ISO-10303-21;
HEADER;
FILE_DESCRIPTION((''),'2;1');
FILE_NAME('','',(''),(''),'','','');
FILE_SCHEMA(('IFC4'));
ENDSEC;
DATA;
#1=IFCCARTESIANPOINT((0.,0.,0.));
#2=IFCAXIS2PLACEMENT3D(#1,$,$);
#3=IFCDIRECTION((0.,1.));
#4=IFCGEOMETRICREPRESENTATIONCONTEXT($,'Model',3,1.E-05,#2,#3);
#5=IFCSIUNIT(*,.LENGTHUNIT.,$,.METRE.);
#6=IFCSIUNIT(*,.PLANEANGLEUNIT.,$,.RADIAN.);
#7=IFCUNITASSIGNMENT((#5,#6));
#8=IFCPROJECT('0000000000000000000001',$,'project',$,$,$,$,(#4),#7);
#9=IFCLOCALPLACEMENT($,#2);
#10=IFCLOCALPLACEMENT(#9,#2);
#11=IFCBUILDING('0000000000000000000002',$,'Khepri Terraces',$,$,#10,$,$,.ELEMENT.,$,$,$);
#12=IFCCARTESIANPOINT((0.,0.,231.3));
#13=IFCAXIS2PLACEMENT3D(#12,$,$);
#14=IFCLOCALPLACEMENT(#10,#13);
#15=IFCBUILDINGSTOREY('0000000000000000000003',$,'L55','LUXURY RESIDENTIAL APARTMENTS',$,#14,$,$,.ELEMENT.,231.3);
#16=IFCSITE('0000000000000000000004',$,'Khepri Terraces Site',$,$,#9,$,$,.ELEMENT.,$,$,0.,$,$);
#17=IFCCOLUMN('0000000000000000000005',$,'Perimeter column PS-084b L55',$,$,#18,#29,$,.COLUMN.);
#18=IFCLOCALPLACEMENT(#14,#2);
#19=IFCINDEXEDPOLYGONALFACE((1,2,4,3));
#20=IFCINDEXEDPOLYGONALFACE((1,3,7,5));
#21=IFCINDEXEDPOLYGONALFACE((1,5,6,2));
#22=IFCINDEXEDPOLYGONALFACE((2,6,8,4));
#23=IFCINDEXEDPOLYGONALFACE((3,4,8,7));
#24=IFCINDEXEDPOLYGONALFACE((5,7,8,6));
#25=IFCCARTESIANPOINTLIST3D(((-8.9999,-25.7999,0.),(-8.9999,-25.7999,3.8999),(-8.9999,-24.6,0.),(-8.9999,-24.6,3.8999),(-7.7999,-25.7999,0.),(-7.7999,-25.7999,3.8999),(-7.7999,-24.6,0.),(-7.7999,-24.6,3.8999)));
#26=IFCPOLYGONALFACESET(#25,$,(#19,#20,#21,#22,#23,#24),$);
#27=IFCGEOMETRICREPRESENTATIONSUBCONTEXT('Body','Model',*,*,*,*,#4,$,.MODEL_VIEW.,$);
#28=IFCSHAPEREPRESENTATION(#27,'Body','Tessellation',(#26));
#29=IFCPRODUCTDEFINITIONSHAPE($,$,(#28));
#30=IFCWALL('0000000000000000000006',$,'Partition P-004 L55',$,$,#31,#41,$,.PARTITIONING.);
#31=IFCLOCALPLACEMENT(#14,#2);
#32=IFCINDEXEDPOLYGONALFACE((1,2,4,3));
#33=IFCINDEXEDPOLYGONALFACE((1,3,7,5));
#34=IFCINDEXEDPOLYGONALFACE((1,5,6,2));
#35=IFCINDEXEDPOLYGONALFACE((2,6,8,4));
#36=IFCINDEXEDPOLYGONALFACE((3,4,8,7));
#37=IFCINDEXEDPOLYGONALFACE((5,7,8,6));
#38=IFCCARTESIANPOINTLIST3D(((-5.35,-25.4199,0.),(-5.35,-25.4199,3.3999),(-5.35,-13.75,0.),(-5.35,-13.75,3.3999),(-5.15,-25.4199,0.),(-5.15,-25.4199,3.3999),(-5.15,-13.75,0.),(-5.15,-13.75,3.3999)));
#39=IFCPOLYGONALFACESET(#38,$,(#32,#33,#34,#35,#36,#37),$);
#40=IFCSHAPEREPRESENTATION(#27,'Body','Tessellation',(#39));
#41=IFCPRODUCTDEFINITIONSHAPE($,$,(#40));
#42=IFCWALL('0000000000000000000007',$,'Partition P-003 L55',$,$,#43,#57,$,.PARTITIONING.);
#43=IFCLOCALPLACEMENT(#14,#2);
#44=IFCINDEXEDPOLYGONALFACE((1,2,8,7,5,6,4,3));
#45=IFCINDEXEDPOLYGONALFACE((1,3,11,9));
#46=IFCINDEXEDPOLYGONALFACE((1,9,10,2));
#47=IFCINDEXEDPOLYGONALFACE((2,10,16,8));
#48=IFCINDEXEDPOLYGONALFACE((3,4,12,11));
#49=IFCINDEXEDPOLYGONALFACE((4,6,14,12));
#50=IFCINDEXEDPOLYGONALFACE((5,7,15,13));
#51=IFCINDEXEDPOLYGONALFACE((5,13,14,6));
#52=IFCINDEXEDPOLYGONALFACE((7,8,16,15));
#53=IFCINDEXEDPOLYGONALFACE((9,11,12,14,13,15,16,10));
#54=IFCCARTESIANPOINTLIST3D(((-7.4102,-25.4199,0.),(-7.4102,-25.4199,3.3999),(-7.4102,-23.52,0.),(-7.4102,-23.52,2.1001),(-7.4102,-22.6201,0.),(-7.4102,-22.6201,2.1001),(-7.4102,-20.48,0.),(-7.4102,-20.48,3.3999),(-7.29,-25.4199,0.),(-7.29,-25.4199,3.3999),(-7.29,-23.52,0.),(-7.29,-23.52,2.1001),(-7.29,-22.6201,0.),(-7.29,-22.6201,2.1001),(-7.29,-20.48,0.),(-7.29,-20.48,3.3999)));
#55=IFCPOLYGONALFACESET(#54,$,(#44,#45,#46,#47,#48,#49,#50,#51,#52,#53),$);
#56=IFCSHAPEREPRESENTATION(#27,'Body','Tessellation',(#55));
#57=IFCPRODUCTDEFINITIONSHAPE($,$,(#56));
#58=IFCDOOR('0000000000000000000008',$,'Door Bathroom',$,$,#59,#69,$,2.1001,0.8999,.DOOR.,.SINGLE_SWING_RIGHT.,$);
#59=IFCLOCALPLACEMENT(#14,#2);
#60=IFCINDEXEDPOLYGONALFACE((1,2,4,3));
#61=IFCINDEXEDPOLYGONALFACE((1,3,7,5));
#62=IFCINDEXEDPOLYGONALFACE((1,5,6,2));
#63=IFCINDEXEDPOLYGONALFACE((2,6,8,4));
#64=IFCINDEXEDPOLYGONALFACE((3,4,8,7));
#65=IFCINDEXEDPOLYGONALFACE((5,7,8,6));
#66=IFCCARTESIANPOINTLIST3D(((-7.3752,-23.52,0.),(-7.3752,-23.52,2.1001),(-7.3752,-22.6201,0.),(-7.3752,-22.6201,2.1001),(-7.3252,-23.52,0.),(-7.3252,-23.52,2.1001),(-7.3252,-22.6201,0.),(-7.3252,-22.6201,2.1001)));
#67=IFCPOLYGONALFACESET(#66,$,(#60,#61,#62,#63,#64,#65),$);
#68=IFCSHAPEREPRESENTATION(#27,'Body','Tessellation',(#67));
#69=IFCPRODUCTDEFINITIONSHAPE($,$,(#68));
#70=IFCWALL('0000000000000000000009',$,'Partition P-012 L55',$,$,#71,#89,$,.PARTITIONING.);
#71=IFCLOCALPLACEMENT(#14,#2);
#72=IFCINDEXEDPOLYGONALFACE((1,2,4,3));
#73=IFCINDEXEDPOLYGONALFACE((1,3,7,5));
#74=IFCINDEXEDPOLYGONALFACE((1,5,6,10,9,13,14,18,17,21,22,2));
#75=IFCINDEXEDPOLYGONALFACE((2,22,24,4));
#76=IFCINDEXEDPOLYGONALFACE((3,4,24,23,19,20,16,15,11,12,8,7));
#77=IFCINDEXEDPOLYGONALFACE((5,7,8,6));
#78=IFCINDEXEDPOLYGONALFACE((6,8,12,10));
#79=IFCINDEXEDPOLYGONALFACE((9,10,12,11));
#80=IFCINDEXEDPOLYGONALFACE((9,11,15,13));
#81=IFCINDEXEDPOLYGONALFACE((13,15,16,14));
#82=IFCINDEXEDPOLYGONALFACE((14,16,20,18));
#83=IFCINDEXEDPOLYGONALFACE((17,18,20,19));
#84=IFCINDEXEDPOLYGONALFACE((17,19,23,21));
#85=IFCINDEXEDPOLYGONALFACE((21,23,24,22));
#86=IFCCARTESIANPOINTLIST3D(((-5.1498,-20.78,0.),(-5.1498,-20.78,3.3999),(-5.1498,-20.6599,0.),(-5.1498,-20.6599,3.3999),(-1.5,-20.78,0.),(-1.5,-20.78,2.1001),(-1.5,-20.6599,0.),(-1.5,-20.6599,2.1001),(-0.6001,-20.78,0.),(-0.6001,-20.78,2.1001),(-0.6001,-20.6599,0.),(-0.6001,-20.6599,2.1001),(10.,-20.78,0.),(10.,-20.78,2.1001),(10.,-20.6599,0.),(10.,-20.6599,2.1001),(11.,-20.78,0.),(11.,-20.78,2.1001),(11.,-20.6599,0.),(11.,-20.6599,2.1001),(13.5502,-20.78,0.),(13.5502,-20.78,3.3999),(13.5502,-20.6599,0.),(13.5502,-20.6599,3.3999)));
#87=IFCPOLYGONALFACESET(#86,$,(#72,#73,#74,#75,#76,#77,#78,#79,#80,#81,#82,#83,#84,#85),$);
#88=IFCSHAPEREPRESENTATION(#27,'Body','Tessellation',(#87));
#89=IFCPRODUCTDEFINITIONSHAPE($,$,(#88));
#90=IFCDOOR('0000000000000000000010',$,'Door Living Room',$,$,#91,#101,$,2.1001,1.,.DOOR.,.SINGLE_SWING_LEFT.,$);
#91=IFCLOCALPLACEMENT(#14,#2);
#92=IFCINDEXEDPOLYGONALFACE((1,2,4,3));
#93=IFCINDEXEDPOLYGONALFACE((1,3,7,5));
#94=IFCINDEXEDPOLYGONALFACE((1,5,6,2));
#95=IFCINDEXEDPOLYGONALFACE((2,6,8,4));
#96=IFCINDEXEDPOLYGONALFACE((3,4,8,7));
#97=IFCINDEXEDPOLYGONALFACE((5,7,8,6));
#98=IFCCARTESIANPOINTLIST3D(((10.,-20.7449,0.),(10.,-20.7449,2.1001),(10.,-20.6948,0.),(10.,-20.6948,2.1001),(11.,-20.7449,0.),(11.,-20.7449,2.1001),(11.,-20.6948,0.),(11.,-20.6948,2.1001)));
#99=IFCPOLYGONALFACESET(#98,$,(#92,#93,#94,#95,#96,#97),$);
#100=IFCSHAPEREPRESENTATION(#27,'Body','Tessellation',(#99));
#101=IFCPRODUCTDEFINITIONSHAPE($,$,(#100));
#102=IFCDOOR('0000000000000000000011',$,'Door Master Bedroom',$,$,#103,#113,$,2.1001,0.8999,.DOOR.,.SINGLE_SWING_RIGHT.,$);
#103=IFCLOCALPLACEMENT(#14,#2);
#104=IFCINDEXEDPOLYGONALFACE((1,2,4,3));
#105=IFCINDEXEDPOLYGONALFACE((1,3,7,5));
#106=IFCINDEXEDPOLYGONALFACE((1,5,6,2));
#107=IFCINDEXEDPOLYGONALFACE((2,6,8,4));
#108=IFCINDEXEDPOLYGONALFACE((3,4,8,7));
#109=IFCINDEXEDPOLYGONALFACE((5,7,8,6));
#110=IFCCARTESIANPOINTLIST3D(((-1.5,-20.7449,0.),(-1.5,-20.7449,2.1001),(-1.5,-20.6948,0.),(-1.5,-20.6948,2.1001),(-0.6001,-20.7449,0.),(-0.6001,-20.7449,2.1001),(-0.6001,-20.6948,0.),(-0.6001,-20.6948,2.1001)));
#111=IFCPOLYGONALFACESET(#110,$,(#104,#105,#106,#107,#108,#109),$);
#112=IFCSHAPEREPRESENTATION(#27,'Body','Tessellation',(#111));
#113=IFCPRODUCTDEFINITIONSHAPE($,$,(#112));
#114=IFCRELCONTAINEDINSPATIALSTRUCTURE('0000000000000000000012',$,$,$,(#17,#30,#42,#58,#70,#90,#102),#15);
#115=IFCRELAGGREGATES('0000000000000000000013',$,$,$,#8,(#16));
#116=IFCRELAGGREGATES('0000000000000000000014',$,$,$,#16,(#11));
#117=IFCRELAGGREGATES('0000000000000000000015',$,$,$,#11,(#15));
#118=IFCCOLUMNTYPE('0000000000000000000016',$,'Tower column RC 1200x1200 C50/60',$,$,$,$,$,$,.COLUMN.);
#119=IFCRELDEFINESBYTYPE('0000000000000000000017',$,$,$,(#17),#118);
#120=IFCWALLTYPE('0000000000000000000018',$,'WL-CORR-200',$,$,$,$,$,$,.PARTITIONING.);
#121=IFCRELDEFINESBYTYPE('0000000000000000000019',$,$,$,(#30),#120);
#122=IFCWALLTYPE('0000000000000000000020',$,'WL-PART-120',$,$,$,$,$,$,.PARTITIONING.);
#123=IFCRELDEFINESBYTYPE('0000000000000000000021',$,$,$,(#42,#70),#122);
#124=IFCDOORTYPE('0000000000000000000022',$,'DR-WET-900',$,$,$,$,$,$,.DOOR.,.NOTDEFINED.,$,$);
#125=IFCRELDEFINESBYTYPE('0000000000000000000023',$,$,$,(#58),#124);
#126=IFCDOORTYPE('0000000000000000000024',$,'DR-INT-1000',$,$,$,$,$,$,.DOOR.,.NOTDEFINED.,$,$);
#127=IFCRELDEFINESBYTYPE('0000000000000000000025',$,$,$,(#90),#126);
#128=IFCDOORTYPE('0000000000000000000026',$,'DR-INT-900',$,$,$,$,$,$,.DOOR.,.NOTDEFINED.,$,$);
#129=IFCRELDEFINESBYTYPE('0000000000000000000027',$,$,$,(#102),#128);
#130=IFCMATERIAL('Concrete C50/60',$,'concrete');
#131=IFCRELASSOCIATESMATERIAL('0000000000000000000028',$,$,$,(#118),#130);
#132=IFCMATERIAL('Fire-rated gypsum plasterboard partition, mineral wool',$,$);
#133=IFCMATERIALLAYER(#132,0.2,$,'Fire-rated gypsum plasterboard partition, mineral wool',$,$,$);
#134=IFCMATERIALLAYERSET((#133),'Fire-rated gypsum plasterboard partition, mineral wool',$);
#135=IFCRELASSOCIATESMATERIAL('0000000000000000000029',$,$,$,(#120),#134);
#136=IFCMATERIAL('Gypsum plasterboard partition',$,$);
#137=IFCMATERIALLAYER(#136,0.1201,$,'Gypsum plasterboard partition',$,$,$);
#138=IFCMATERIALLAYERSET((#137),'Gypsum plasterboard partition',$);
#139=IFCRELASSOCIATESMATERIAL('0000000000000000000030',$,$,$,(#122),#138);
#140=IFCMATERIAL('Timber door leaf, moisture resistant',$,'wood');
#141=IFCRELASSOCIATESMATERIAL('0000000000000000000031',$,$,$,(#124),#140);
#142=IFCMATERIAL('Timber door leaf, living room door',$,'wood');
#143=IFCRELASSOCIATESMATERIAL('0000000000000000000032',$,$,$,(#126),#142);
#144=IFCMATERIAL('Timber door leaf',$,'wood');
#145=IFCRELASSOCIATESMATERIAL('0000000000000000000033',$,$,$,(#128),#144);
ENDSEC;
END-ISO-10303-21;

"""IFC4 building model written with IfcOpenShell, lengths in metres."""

from ifc_helpers import new_model, si_unit, direction, frame, frame_2d, origin, origin_2d, place, context, subcontext, project, spatial, rectangle, extrude, material, layer, layer_set, material_profile, profile_set, type_object, element, fill, save


model = new_model("IFC4")

# Units and contexts
model_context = context("Model", 3, precision=1e-05, world=origin(), true_north=direction((0.0, 1.0)))
body_context = subcontext(model_context, "Body", "Model", "MODEL_VIEW")
ifc_project = project(units=[si_unit("LENGTHUNIT", "METRE"), si_unit("PLANEANGLEUNIT", "RADIAN")], contexts=[model_context])

# Site, building, storey
site_placement = place(None, origin())
site = spatial("IfcSite", under=ifc_project, at=site_placement, Name="Khepri Terraces Site", CompositionType="ELEMENT", RefElevation=0.0)
building_placement = place(site_placement, origin())
building = spatial("IfcBuilding", under=site, at=building_placement, Name="Khepri Terraces", CompositionType="ELEMENT")
storey_placement = place(building_placement, frame((0.0, 0.0, 231.3)))
storey = spatial("IfcBuildingStorey", under=building, at=storey_placement, Name="L55", Description="LUXURY RESIDENTIAL APARTMENTS", CompositionType="ELEMENT", Elevation=231.3)

# Column
ifc_material_1 = material(Name="Concrete C50/60", Category="concrete")
ifc_material_profile = material_profile(ifc_material_1, rectangle(XDim=1.2, YDim=1.2, at=origin_2d()), Name="Concrete C50/60", Category="concrete")
ifc_profile_set = profile_set([ifc_material_profile], Name="Concrete C50/60")
column_type = type_object("IfcColumnType", Name="Tower column RC 1200x1200 C50/60", PredefinedType="COLUMN", material=ifc_profile_set)
column_placement = place(storey_placement, frame((-8.3999, -25.2, 0.0), z_axis=(0.0, 0.0, 1.0), x_axis=(1.0, 0.0, 0.0)))
element("IfcColumn", 1, at=column_placement, inside=storey, type_object=column_type, Name="Perimeter column PS-084b L55", PredefinedType="COLUMN", context=body_context, shape_type="SweptSolid", body=[
    extrude(rectangle(XDim=1.2, YDim=1.2, at=origin_2d()), origin(), (0.0, 0.0, 1.0), 3.8999),
])

# Wall
ifc_material_2 = material(Name="Fire-rated gypsum plasterboard partition, mineral wool")
ifc_layer_1 = layer(ifc_material_2, 0.2, Name="Fire-rated gypsum plasterboard partition, mineral wool")
ifc_layer_set_1 = layer_set([ifc_layer_1], Name="Fire-rated gypsum plasterboard partition, mineral wool")
wall_type_1 = type_object("IfcWallType", Name="WL-CORR-200", PredefinedType="PARTITIONING", material=ifc_layer_set_1)
wall_1_placement = place(storey_placement, frame((-5.25, -25.4199, 0.0), z_axis=(0.0, 0.0, 1.0), x_axis=(0.0, 1.0, 0.0)))
element("IfcWall", 2, at=wall_1_placement, inside=storey, type_object=wall_type_1, Name="Partition P-004 L55", PredefinedType="PARTITIONING", context=body_context, shape_type="SweptSolid", body=[
    extrude(rectangle(XDim=11.6699, YDim=0.2, at=frame_2d((5.835, 0.0))), origin(), (0.0, 0.0, 1.0), 3.3999),
])

# Wall, opening, door
ifc_material_3 = material(Name="Gypsum plasterboard partition")
ifc_layer_2 = layer(ifc_material_3, 0.1201, Name="Gypsum plasterboard partition")
ifc_layer_set_2 = layer_set([ifc_layer_2], Name="Gypsum plasterboard partition")
wall_type_2 = type_object("IfcWallType", Name="WL-PART-120", PredefinedType="PARTITIONING", material=ifc_layer_set_2)
wall_2_placement = place(storey_placement, frame((-7.3501, -25.4199, 0.0), z_axis=(0.0, 0.0, 1.0), x_axis=(0.0, 1.0, 0.0)))
wall_2 = element("IfcWall", 3, at=wall_2_placement, inside=storey, type_object=wall_type_2, Name="Partition P-003 L55", PredefinedType="PARTITIONING", context=body_context, shape_type="SweptSolid", body=[
    extrude(rectangle(XDim=4.9399, YDim=0.1201, at=frame_2d((2.47, 0.0))), origin(), (0.0, 0.0, 1.0), 3.3999),
])
opening_1_placement = place(wall_2_placement, frame((1.8999, 0.0, 0.0)))
opening_1 = element("IfcOpeningElement", 4, at=opening_1_placement, cuts=wall_2, PredefinedType="OPENING", context=body_context, shape_type="SweptSolid", body=[
    extrude(rectangle(XDim=0.8999, YDim=2.1001, at=frame_2d((0.45, 1.05))), frame((0.0, 0.0701, 0.0), z_axis=(0.0, -1.0, 0.0), x_axis=(1.0, 0.0, 0.0)), (0.0, 0.0, 1.0), 0.1401),
])
ifc_material_4 = material(Name="Timber door leaf, moisture resistant", Category="wood")
door_type_1 = type_object("IfcDoorType", Name="DR-WET-900", OperationType="NOTDEFINED", PredefinedType="DOOR", material=ifc_material_4)
door_1_placement = place(opening_1_placement, frame((0.8999, 0.0, 0.0), z_axis=(0.0, 0.0, 1.0), x_axis=(-1.0, 0.0, 0.0)))
door_1 = element("IfcDoor", 5, at=door_1_placement, inside=storey, type_object=door_type_1, Name="Door Bathroom", OperationType="SINGLE_SWING_RIGHT", OverallHeight=2.1001, OverallWidth=0.8999, PredefinedType="DOOR", context=body_context, shape_type="SweptSolid", body=[
    extrude(rectangle(XDim=0.8999, YDim=2.1001, at=frame_2d((0.45, 1.05))), frame((0.0, 0.0249, 0.0), z_axis=(0.0, -1.0, 0.0), x_axis=(1.0, 0.0, 0.0)), (0.0, 0.0, 1.0), 0.05),
])
fill(opening_1, door_1)

# Wall, openings, doors
wall_3_placement = place(storey_placement, frame((-5.1499, -20.72, 0.0), z_axis=(0.0, 0.0, 1.0), x_axis=(1.0, 0.0, 0.0)))
wall_3 = element("IfcWall", 6, at=wall_3_placement, inside=storey, type_object=wall_type_2, Name="Partition P-012 L55", PredefinedType="PARTITIONING", context=body_context, shape_type="SweptSolid", body=[
    extrude(rectangle(XDim=18.7, YDim=0.1201, at=frame_2d((9.3501, 0.0))), origin(), (0.0, 0.0, 1.0), 3.3999),
])
opening_2_placement = place(wall_3_placement, frame((3.6499, 0.0, 0.0)))
opening_2 = element("IfcOpeningElement", 7, at=opening_2_placement, cuts=wall_3, PredefinedType="OPENING", context=body_context, shape_type="SweptSolid", body=[
    extrude(rectangle(XDim=0.8999, YDim=2.1001, at=frame_2d((0.45, 1.05))), frame((0.0, 0.0701, 0.0), z_axis=(0.0, -1.0, 0.0), x_axis=(1.0, 0.0, 0.0)), (0.0, 0.0, 1.0), 0.1401),
])
opening_3_placement = place(wall_3_placement, frame((15.1499, 0.0, 0.0)))
opening_3 = element("IfcOpeningElement", 8, at=opening_3_placement, cuts=wall_3, PredefinedType="OPENING", context=body_context, shape_type="SweptSolid", body=[
    extrude(rectangle(XDim=1.0, YDim=2.1001, at=frame_2d((0.5, 1.05))), frame((0.0, 0.0701, 0.0), z_axis=(0.0, -1.0, 0.0), x_axis=(1.0, 0.0, 0.0)), (0.0, 0.0, 1.0), 0.1401),
])
ifc_material_5 = material(Name="Timber door leaf, living room door", Category="wood")
door_type_2 = type_object("IfcDoorType", Name="DR-INT-1000", OperationType="NOTDEFINED", PredefinedType="DOOR", material=ifc_material_5)
door_2_placement = place(opening_3_placement, frame((1.0, 0.0, 0.0), z_axis=(0.0, 0.0, 1.0), x_axis=(-1.0, 0.0, 0.0)))
door_2 = element("IfcDoor", 9, at=door_2_placement, inside=storey, type_object=door_type_2, Name="Door Living Room", OperationType="SINGLE_SWING_LEFT", OverallHeight=2.1001, OverallWidth=1.0, PredefinedType="DOOR", context=body_context, shape_type="SweptSolid", body=[
    extrude(rectangle(XDim=1.0, YDim=2.1001, at=frame_2d((0.5, 1.05))), frame((0.0, 0.0249, 0.0), z_axis=(0.0, -1.0, 0.0), x_axis=(1.0, 0.0, 0.0)), (0.0, 0.0, 1.0), 0.05),
])
fill(opening_3, door_2)
ifc_material_6 = material(Name="Timber door leaf", Category="wood")
door_type_3 = type_object("IfcDoorType", Name="DR-INT-900", OperationType="NOTDEFINED", PredefinedType="DOOR", material=ifc_material_6)
door_3_placement = place(opening_2_placement, frame((0.8999, 0.0, 0.0), z_axis=(0.0, 0.0, 1.0), x_axis=(-1.0, 0.0, 0.0)))
door_3 = element("IfcDoor", 10, at=door_3_placement, inside=storey, type_object=door_type_3, Name="Door Master Bedroom", OperationType="SINGLE_SWING_RIGHT", OverallHeight=2.1001, OverallWidth=0.8999, PredefinedType="DOOR", context=body_context, shape_type="SweptSolid", body=[
    extrude(rectangle(XDim=0.8999, YDim=2.1001, at=frame_2d((0.45, 1.05))), frame((0.0, 0.0249, 0.0), z_axis=(0.0, -1.0, 0.0), x_axis=(1.0, 0.0, 0.0)), (0.0, 0.0, 1.0), 0.05),
])
fill(opening_2, door_3)

save(model, "model.ifc")
